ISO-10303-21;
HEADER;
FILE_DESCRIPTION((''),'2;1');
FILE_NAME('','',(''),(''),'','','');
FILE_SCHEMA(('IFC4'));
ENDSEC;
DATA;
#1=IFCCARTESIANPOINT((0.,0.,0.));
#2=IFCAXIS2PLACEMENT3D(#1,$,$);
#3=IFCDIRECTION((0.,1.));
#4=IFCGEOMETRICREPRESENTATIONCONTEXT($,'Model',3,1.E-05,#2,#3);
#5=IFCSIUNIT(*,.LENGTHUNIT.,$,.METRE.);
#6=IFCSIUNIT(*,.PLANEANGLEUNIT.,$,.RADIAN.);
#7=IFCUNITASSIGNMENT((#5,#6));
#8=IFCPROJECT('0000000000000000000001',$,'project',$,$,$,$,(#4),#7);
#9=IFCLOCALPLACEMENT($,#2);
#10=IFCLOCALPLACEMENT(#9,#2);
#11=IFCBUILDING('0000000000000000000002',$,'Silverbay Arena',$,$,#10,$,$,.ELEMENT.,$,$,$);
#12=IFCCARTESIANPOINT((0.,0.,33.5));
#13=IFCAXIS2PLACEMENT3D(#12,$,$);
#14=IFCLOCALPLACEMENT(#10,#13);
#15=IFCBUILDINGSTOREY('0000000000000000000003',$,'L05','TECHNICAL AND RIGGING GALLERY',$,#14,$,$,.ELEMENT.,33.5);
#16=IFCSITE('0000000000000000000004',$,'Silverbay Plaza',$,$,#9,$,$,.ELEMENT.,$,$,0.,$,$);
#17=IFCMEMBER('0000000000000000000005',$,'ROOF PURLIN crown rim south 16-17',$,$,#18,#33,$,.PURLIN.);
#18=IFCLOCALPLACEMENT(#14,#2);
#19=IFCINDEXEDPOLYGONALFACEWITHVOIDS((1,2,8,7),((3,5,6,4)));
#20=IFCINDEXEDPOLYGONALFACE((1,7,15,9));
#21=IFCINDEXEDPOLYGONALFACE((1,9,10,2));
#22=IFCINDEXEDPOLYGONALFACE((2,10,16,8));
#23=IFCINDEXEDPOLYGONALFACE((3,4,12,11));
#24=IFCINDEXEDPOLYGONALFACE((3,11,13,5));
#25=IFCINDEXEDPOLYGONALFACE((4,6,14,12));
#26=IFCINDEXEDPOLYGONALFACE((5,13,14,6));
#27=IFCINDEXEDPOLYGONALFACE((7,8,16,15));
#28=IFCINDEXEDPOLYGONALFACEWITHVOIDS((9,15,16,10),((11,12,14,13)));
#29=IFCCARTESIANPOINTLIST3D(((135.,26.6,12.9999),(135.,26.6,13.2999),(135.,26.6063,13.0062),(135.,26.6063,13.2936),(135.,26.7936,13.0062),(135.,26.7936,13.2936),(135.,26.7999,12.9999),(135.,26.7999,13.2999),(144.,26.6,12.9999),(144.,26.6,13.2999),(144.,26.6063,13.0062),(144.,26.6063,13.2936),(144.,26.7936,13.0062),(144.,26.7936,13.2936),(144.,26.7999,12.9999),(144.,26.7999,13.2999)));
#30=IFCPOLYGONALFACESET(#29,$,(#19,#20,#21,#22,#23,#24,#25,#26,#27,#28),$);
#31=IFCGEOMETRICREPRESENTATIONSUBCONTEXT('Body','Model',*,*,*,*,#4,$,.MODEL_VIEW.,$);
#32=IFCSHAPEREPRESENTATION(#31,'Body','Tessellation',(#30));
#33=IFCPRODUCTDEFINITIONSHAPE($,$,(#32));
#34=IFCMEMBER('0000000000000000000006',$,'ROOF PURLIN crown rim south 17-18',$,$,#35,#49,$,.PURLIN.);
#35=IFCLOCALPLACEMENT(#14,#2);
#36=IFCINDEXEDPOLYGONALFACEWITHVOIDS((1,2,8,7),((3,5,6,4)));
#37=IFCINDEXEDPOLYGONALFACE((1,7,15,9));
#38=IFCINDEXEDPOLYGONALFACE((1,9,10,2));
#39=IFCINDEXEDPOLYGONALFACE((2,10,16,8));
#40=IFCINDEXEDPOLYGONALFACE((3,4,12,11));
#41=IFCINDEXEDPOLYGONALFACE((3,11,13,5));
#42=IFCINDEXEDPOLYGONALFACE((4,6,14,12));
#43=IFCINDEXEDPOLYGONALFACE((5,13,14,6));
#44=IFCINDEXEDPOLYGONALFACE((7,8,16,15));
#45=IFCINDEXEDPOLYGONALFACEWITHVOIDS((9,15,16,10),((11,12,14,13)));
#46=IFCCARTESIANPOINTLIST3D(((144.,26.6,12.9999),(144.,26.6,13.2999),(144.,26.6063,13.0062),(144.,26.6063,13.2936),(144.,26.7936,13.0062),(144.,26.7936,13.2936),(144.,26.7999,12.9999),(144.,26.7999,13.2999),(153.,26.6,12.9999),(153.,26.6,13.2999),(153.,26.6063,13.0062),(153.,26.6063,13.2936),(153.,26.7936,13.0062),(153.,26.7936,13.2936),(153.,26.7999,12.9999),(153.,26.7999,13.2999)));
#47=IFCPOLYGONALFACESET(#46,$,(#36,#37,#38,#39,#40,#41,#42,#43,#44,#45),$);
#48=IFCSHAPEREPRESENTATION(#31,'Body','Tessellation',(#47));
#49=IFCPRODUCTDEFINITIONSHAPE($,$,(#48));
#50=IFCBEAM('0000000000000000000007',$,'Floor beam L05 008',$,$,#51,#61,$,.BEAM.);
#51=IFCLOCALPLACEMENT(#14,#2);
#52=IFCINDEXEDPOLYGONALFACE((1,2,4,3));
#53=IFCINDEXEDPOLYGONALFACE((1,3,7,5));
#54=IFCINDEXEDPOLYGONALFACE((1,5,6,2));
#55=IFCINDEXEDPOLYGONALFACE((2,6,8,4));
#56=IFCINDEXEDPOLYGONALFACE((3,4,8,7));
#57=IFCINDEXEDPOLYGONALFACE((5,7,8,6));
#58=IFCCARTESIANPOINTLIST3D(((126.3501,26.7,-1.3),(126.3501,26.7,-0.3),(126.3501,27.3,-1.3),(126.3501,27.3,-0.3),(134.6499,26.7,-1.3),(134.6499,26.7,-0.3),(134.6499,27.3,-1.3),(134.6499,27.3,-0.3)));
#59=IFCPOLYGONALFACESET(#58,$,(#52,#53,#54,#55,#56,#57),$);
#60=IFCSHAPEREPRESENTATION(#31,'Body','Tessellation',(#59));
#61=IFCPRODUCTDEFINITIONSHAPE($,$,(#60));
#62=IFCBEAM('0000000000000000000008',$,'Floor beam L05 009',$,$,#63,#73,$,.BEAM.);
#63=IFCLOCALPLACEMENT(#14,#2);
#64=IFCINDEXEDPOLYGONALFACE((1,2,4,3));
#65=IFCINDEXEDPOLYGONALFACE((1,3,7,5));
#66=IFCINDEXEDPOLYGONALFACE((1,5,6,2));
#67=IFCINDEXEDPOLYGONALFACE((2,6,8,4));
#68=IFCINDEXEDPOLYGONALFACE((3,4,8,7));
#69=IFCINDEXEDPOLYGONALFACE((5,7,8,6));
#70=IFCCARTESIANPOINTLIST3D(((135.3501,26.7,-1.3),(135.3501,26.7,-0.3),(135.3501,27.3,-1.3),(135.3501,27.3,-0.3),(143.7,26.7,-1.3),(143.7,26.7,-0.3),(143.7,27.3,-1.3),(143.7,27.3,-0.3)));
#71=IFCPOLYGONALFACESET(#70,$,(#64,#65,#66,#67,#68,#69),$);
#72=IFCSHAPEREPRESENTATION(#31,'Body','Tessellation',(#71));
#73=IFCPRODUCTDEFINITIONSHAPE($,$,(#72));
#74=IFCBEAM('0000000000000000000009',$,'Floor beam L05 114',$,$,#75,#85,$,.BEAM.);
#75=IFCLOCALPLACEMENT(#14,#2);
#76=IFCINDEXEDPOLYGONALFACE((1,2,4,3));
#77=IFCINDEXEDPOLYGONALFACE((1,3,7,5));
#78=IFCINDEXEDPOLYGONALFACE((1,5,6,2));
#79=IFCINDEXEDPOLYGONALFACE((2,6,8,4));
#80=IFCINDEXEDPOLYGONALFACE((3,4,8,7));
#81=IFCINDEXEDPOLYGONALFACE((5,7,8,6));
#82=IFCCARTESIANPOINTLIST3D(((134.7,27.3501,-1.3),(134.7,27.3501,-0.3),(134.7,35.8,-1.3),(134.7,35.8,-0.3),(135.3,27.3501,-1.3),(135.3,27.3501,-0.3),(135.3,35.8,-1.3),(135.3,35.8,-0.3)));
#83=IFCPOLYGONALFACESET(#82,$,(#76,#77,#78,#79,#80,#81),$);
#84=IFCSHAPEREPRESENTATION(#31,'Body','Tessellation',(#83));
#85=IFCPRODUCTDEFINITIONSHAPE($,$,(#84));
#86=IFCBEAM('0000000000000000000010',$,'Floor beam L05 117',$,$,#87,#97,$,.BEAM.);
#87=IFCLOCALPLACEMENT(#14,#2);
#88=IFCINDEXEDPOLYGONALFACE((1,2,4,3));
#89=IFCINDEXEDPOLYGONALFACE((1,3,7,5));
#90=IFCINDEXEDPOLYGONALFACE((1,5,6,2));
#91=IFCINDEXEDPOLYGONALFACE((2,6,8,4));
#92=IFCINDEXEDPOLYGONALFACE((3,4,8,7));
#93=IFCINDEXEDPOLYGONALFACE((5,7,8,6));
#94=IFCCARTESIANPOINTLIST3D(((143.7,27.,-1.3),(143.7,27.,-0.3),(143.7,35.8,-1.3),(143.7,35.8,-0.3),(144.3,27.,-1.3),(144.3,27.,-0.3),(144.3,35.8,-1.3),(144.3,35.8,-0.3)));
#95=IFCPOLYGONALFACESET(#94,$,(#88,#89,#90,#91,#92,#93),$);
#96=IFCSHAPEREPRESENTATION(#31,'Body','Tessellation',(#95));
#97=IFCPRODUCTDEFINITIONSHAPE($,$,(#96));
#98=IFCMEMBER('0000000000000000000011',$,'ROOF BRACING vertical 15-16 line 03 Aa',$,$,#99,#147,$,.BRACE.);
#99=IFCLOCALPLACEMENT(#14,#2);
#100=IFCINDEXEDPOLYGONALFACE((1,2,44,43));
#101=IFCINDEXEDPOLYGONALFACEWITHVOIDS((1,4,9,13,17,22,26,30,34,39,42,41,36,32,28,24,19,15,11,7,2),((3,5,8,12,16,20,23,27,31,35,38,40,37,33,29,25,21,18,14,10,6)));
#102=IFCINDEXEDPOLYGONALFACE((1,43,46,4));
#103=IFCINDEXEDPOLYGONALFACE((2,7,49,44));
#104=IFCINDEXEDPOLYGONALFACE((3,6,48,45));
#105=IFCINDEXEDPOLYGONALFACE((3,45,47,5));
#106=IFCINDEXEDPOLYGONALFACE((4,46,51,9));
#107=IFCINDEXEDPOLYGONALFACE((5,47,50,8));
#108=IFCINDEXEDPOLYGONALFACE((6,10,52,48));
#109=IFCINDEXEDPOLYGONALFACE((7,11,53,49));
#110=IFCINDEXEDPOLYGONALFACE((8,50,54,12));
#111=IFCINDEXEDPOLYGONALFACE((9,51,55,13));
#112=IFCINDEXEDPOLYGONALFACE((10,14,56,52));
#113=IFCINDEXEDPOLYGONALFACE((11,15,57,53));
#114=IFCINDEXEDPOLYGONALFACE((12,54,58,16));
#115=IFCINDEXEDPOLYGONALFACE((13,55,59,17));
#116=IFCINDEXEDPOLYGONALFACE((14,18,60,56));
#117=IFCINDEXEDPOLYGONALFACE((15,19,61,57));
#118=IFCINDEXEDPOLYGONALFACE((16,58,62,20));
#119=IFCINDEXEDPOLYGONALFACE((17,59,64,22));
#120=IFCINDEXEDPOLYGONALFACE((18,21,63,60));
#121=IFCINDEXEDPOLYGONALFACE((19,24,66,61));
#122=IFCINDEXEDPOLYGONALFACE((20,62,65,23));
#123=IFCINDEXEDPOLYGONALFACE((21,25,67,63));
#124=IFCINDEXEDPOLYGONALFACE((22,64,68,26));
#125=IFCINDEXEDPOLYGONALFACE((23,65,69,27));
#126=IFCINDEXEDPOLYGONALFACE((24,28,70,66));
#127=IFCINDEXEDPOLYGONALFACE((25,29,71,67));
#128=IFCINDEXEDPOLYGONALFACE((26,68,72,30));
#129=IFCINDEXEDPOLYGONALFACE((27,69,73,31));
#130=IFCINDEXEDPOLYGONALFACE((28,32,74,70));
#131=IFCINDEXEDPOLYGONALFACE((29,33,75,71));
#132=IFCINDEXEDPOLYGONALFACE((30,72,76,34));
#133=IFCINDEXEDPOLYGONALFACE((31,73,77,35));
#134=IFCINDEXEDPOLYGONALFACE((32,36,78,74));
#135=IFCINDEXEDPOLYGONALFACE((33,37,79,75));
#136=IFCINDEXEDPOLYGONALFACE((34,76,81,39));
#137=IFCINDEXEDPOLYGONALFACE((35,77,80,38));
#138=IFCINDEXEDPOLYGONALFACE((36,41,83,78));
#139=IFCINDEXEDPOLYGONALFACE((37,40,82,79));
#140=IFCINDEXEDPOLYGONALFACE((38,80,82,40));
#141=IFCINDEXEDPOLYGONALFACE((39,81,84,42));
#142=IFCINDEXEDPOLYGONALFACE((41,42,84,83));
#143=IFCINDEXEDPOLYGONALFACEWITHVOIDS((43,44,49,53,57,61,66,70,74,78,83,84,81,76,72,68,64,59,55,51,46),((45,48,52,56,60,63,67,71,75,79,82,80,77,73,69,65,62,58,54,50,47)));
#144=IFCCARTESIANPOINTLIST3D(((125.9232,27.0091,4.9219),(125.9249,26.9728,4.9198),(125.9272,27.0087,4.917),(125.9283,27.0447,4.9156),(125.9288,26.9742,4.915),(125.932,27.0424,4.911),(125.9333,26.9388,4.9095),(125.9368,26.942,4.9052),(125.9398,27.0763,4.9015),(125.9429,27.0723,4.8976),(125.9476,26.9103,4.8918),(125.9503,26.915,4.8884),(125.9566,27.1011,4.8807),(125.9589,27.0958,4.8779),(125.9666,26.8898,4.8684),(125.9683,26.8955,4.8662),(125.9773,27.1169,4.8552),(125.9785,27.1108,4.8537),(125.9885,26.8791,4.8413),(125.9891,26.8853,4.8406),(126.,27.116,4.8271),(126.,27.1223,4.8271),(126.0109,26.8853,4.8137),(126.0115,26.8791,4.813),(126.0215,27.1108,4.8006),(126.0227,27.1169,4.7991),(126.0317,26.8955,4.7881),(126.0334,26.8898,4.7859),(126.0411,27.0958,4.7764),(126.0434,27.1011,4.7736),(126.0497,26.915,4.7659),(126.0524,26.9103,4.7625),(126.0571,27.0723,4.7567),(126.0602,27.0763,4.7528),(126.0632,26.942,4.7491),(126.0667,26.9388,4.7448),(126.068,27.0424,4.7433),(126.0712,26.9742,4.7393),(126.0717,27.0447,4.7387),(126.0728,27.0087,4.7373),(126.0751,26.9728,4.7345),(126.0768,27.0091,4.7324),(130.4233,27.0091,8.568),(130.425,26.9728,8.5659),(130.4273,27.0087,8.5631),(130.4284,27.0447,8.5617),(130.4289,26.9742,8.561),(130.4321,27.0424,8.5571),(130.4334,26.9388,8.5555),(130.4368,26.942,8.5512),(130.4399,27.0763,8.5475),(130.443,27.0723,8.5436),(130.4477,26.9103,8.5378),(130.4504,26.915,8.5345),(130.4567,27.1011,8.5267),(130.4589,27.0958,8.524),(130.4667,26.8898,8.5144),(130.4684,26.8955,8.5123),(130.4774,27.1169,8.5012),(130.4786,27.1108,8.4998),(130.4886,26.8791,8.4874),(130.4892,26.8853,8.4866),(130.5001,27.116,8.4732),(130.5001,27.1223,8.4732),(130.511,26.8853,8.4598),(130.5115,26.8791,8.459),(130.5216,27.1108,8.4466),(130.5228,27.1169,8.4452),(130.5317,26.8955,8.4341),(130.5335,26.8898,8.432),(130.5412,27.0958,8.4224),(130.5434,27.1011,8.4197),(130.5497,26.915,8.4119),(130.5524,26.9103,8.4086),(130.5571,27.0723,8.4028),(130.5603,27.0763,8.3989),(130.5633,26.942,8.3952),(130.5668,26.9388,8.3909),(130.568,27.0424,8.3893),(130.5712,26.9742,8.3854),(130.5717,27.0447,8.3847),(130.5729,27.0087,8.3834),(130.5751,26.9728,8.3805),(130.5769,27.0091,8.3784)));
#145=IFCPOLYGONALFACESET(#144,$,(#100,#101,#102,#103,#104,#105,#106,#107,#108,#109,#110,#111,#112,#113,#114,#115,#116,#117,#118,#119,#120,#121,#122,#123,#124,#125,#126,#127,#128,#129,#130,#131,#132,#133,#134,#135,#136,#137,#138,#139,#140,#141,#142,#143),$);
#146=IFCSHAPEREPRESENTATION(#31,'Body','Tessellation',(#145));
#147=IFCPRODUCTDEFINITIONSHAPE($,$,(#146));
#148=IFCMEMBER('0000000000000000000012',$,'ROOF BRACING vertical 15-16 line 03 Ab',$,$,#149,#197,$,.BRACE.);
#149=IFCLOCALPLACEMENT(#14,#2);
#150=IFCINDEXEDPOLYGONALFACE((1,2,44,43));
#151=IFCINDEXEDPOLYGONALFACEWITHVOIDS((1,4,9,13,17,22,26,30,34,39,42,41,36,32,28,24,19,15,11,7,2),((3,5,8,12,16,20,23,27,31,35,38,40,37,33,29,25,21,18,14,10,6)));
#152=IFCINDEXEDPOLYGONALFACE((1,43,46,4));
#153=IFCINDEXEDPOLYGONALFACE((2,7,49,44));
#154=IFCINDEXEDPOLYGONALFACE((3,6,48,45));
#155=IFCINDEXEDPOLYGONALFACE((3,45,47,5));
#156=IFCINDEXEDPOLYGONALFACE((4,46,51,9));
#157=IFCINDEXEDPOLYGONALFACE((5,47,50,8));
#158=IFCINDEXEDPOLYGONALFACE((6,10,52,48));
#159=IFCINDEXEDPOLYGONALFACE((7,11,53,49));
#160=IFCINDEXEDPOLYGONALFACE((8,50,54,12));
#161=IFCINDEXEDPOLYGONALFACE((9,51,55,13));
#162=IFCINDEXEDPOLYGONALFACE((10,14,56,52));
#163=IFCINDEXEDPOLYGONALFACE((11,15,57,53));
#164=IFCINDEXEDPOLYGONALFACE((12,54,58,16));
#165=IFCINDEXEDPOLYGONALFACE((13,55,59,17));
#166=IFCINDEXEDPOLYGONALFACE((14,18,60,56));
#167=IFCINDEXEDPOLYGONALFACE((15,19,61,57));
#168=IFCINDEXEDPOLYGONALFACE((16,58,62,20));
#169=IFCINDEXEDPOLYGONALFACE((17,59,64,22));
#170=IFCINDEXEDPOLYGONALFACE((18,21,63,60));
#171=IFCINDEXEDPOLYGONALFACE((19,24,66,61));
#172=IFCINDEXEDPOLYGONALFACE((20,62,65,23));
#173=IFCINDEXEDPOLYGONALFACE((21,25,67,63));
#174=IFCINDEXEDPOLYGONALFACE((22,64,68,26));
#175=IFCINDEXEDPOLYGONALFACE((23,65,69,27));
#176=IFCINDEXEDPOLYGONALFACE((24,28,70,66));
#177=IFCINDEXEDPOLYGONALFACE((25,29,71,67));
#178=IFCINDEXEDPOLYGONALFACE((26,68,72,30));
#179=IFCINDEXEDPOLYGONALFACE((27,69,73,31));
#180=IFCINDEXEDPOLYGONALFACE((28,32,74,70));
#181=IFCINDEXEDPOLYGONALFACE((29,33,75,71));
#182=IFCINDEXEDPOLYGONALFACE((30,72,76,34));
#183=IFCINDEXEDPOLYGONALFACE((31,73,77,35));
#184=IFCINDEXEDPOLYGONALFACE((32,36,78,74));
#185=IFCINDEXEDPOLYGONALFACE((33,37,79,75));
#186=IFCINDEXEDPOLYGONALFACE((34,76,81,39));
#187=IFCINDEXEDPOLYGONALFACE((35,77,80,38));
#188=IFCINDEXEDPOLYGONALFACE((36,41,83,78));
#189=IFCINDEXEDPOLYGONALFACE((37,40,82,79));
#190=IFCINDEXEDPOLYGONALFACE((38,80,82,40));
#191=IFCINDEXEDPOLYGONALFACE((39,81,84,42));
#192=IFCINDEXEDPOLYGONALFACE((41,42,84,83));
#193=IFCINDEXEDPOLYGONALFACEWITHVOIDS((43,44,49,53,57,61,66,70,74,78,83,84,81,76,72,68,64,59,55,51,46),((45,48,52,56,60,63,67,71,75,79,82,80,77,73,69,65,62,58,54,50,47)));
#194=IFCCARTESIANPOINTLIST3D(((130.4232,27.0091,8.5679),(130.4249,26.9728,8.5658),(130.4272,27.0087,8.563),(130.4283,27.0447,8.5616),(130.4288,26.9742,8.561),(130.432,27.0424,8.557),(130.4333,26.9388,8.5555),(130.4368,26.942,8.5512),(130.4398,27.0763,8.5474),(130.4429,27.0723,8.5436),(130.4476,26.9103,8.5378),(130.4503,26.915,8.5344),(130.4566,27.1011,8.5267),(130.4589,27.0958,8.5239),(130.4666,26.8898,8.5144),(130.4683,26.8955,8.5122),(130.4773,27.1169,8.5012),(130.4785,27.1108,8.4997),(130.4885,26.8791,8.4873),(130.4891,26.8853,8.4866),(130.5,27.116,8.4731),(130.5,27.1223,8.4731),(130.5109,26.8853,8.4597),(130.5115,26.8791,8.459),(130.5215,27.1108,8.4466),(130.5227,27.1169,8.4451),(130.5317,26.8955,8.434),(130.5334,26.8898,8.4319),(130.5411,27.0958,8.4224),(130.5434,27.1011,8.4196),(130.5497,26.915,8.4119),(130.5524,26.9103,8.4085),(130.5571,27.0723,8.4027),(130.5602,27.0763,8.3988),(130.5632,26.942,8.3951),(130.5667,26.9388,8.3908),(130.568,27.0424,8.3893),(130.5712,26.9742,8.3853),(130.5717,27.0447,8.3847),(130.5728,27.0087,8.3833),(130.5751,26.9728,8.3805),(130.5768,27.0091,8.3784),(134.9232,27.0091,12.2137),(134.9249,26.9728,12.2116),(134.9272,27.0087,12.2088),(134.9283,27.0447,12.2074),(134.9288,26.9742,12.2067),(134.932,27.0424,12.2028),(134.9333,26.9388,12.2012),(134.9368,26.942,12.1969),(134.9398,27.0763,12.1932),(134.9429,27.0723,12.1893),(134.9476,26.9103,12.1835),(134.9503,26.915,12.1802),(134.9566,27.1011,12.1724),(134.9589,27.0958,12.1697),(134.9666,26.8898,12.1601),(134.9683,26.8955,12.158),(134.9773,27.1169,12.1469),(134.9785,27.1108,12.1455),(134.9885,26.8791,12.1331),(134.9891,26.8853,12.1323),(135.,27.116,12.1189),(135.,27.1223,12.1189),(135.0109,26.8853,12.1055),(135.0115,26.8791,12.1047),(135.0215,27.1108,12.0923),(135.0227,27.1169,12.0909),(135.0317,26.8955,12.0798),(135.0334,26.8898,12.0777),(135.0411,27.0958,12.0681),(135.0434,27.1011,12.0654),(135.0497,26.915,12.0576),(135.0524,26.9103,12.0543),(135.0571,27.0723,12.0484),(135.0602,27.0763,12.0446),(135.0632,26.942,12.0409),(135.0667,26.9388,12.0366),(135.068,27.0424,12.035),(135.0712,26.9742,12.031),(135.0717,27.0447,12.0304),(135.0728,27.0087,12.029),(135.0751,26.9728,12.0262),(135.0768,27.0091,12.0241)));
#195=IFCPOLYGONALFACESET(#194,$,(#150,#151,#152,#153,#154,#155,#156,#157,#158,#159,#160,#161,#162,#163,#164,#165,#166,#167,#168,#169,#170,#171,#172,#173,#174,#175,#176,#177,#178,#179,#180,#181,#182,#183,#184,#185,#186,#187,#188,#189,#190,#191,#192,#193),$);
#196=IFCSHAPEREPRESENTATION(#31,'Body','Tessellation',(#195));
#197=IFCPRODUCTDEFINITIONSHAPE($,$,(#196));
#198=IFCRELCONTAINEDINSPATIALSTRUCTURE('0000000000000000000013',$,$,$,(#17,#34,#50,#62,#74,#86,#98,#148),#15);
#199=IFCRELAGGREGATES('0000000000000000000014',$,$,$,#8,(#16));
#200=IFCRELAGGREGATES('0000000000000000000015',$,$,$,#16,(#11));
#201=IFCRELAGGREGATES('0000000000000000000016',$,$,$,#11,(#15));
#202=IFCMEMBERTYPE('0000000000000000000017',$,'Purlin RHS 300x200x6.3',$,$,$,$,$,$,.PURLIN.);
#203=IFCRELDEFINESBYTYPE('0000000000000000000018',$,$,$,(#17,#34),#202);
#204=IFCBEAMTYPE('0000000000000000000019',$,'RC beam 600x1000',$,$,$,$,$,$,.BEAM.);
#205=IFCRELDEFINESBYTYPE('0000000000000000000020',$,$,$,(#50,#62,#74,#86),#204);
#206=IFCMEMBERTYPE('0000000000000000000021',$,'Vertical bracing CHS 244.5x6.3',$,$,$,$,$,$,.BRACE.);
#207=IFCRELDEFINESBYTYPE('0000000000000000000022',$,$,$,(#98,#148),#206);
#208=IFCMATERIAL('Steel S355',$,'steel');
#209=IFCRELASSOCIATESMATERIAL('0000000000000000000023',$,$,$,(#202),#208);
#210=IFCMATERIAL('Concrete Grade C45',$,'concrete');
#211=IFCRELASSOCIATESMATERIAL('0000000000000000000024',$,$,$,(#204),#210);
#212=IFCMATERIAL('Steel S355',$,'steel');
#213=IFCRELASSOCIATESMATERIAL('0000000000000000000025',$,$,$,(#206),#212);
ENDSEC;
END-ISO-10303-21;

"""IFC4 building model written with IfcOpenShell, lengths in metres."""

from ifc_helpers import new_model, si_unit, direction, frame, origin, origin_2d, place, context, subcontext, project, spatial, rectangle, hollow_rectangle, hollow_circle, extrude, material, material_profile, profile_set, type_object, element, save


model = new_model("IFC4")

# Units and contexts
model_context = context("Model", 3, precision=1e-05, world=origin(), true_north=direction((0.0, 1.0)))
body_context = subcontext(model_context, "Body", "Model", "MODEL_VIEW")
ifc_project = project(units=[si_unit("LENGTHUNIT", "METRE"), si_unit("PLANEANGLEUNIT", "RADIAN")], contexts=[model_context])

# Site, building, storey
site_placement = place(None, origin())
site = spatial("IfcSite", under=ifc_project, at=site_placement, Name="Silverbay Plaza", CompositionType="ELEMENT", RefElevation=0.0)
building_placement = place(site_placement, origin())
building = spatial("IfcBuilding", under=site, at=building_placement, Name="Silverbay Arena", CompositionType="ELEMENT")
storey_placement = place(building_placement, frame((0.0, 0.0, 33.5)))
storey = spatial("IfcBuildingStorey", under=building, at=storey_placement, Name="L05", Description="TECHNICAL AND RIGGING GALLERY", CompositionType="ELEMENT", Elevation=33.5)

# Members
ifc_material_1 = material(Name="Steel S355", Category="steel")
ifc_material_profile_1 = material_profile(ifc_material_1, hollow_rectangle(XDim=0.2, YDim=0.3, WallThickness=0.0063, at=origin_2d()), Name="RHS 300x200x6.3")
ifc_profile_set_1 = profile_set([ifc_material_profile_1], Name="Steel S355")
member_type_1 = type_object("IfcMemberType", Name="Purlin RHS 300x200x6.3", PredefinedType="PURLIN", material=ifc_profile_set_1)
for number, where, z_axis, x_axis, name in (
    (1, (135.0, 26.7, 13.1499), (1.0, 0.0, 0.0), (0.0, 1.0, 0.0), "ROOF PURLIN crown rim south 16-17"),
    (2, (144.0, 26.7, 13.1499), (1.0, 0.0, 0.0), (0.0, 1.0, 0.0), "ROOF PURLIN crown rim south 17-18"),
):
    element("IfcMember", number, at=place(storey_placement, frame(where, z_axis=z_axis, x_axis=x_axis)), inside=storey, type_object=member_type_1, Name=name, PredefinedType="PURLIN", context=body_context, shape_type="SweptSolid", body=[
        extrude(hollow_rectangle(XDim=0.2, YDim=0.3, WallThickness=0.0063, at=origin_2d()), origin(), (0.0, 0.0, 1.0), 9.0),
    ])

# Beams
ifc_material_2 = material(Name="Concrete Grade C45", Category="concrete")
ifc_material_profile_2 = material_profile(ifc_material_2, rectangle(XDim=0.6001, YDim=1.0, at=origin_2d()), Name="RC 600x1000")
ifc_profile_set_2 = profile_set([ifc_material_profile_2], Name="Concrete Grade C45")
beam_type = type_object("IfcBeamType", Name="RC beam 600x1000", PredefinedType="BEAM", material=ifc_profile_set_2)
beam_1_placement = place(storey_placement, frame((126.3501, 27.0, -0.8), z_axis=(1.0, 0.0, 0.0), x_axis=(0.0, 1.0, 0.0)))
element("IfcBeam", 3, at=beam_1_placement, inside=storey, type_object=beam_type, Name="Floor beam L05 008", PredefinedType="BEAM", context=body_context, shape_type="SweptSolid", body=[
    extrude(rectangle(XDim=0.6001, YDim=1.0, at=origin_2d()), origin(), (0.0, 0.0, 1.0), 8.2998),
])
beam_2_placement = place(storey_placement, frame((135.3501, 27.0, -0.8), z_axis=(1.0, 0.0, 0.0), x_axis=(0.0, 1.0, 0.0)))
element("IfcBeam", 4, at=beam_2_placement, inside=storey, type_object=beam_type, Name="Floor beam L05 009", PredefinedType="BEAM", context=body_context, shape_type="SweptSolid", body=[
    extrude(rectangle(XDim=0.6001, YDim=1.0, at=origin_2d()), origin(), (0.0, 0.0, 1.0), 8.3499),
])
beam_3_placement = place(storey_placement, frame((135.0, 27.3501, -0.8), z_axis=(0.0, 1.0, 0.0), x_axis=(-1.0, 0.0, 0.0)))
element("IfcBeam", 5, at=beam_3_placement, inside=storey, type_object=beam_type, Name="Floor beam L05 114", PredefinedType="BEAM", context=body_context, shape_type="SweptSolid", body=[
    extrude(rectangle(XDim=0.6001, YDim=1.0, at=origin_2d()), origin(), (0.0, 0.0, 1.0), 8.45),
])
beam_4_placement = place(storey_placement, frame((144.0, 27.0, -0.8), z_axis=(0.0, 1.0, 0.0), x_axis=(-1.0, 0.0, 0.0)))
element("IfcBeam", 6, at=beam_4_placement, inside=storey, type_object=beam_type, Name="Floor beam L05 117", PredefinedType="BEAM", context=body_context, shape_type="SweptSolid", body=[
    extrude(rectangle(XDim=0.6001, YDim=1.0, at=origin_2d()), origin(), (0.0, 0.0, 1.0), 8.8),
])

# Members
ifc_material_3 = material(Name="Steel S355", Category="steel")
ifc_material_profile_3 = material_profile(ifc_material_3, hollow_circle(Radius=0.1223, WallThickness=0.0063, at=origin_2d()), Name="CHS 244.5x6.3")
ifc_profile_set_3 = profile_set([ifc_material_profile_3], Name="Steel S355")
member_type_2 = type_object("IfcMemberType", Name="Vertical bracing CHS 244.5x6.3", PredefinedType="BRACE", material=ifc_profile_set_3)
member_1_placement = place(storey_placement, frame((126.0, 27.0, 4.8271), z_axis=(0.77698, 0.0, 0.629526), x_axis=(0.0, 1.0, 0.0)))
element("IfcMember", 7, at=member_1_placement, inside=storey, type_object=member_type_2, Name="ROOF BRACING vertical 15-16 line 03 Aa", PredefinedType="BRACE", context=body_context, shape_type="SweptSolid", body=[
    extrude(hollow_circle(Radius=0.1223, WallThickness=0.0063, at=origin_2d()), origin(), (0.0, 0.0, 1.0), 5.7917),
])
for number, where, z_axis, x_axis, name in (
    (8, (130.5, 27.0, 8.4731), (0.777, 0.0, 0.6295), (0.0, 1.0, 0.0), "ROOF BRACING vertical 15-16 line 03 Ab"),
):
    element("IfcMember", number, at=place(storey_placement, frame(where, z_axis=z_axis, x_axis=x_axis)), inside=storey, type_object=member_type_2, Name=name, PredefinedType="BRACE", context=body_context, shape_type="SweptSolid", body=[
        extrude(hollow_circle(Radius=0.1223, WallThickness=0.0063, at=origin_2d()), origin(), (0.0, 0.0, 1.0), 5.7915),
    ])

save(model, "model.ifc")
